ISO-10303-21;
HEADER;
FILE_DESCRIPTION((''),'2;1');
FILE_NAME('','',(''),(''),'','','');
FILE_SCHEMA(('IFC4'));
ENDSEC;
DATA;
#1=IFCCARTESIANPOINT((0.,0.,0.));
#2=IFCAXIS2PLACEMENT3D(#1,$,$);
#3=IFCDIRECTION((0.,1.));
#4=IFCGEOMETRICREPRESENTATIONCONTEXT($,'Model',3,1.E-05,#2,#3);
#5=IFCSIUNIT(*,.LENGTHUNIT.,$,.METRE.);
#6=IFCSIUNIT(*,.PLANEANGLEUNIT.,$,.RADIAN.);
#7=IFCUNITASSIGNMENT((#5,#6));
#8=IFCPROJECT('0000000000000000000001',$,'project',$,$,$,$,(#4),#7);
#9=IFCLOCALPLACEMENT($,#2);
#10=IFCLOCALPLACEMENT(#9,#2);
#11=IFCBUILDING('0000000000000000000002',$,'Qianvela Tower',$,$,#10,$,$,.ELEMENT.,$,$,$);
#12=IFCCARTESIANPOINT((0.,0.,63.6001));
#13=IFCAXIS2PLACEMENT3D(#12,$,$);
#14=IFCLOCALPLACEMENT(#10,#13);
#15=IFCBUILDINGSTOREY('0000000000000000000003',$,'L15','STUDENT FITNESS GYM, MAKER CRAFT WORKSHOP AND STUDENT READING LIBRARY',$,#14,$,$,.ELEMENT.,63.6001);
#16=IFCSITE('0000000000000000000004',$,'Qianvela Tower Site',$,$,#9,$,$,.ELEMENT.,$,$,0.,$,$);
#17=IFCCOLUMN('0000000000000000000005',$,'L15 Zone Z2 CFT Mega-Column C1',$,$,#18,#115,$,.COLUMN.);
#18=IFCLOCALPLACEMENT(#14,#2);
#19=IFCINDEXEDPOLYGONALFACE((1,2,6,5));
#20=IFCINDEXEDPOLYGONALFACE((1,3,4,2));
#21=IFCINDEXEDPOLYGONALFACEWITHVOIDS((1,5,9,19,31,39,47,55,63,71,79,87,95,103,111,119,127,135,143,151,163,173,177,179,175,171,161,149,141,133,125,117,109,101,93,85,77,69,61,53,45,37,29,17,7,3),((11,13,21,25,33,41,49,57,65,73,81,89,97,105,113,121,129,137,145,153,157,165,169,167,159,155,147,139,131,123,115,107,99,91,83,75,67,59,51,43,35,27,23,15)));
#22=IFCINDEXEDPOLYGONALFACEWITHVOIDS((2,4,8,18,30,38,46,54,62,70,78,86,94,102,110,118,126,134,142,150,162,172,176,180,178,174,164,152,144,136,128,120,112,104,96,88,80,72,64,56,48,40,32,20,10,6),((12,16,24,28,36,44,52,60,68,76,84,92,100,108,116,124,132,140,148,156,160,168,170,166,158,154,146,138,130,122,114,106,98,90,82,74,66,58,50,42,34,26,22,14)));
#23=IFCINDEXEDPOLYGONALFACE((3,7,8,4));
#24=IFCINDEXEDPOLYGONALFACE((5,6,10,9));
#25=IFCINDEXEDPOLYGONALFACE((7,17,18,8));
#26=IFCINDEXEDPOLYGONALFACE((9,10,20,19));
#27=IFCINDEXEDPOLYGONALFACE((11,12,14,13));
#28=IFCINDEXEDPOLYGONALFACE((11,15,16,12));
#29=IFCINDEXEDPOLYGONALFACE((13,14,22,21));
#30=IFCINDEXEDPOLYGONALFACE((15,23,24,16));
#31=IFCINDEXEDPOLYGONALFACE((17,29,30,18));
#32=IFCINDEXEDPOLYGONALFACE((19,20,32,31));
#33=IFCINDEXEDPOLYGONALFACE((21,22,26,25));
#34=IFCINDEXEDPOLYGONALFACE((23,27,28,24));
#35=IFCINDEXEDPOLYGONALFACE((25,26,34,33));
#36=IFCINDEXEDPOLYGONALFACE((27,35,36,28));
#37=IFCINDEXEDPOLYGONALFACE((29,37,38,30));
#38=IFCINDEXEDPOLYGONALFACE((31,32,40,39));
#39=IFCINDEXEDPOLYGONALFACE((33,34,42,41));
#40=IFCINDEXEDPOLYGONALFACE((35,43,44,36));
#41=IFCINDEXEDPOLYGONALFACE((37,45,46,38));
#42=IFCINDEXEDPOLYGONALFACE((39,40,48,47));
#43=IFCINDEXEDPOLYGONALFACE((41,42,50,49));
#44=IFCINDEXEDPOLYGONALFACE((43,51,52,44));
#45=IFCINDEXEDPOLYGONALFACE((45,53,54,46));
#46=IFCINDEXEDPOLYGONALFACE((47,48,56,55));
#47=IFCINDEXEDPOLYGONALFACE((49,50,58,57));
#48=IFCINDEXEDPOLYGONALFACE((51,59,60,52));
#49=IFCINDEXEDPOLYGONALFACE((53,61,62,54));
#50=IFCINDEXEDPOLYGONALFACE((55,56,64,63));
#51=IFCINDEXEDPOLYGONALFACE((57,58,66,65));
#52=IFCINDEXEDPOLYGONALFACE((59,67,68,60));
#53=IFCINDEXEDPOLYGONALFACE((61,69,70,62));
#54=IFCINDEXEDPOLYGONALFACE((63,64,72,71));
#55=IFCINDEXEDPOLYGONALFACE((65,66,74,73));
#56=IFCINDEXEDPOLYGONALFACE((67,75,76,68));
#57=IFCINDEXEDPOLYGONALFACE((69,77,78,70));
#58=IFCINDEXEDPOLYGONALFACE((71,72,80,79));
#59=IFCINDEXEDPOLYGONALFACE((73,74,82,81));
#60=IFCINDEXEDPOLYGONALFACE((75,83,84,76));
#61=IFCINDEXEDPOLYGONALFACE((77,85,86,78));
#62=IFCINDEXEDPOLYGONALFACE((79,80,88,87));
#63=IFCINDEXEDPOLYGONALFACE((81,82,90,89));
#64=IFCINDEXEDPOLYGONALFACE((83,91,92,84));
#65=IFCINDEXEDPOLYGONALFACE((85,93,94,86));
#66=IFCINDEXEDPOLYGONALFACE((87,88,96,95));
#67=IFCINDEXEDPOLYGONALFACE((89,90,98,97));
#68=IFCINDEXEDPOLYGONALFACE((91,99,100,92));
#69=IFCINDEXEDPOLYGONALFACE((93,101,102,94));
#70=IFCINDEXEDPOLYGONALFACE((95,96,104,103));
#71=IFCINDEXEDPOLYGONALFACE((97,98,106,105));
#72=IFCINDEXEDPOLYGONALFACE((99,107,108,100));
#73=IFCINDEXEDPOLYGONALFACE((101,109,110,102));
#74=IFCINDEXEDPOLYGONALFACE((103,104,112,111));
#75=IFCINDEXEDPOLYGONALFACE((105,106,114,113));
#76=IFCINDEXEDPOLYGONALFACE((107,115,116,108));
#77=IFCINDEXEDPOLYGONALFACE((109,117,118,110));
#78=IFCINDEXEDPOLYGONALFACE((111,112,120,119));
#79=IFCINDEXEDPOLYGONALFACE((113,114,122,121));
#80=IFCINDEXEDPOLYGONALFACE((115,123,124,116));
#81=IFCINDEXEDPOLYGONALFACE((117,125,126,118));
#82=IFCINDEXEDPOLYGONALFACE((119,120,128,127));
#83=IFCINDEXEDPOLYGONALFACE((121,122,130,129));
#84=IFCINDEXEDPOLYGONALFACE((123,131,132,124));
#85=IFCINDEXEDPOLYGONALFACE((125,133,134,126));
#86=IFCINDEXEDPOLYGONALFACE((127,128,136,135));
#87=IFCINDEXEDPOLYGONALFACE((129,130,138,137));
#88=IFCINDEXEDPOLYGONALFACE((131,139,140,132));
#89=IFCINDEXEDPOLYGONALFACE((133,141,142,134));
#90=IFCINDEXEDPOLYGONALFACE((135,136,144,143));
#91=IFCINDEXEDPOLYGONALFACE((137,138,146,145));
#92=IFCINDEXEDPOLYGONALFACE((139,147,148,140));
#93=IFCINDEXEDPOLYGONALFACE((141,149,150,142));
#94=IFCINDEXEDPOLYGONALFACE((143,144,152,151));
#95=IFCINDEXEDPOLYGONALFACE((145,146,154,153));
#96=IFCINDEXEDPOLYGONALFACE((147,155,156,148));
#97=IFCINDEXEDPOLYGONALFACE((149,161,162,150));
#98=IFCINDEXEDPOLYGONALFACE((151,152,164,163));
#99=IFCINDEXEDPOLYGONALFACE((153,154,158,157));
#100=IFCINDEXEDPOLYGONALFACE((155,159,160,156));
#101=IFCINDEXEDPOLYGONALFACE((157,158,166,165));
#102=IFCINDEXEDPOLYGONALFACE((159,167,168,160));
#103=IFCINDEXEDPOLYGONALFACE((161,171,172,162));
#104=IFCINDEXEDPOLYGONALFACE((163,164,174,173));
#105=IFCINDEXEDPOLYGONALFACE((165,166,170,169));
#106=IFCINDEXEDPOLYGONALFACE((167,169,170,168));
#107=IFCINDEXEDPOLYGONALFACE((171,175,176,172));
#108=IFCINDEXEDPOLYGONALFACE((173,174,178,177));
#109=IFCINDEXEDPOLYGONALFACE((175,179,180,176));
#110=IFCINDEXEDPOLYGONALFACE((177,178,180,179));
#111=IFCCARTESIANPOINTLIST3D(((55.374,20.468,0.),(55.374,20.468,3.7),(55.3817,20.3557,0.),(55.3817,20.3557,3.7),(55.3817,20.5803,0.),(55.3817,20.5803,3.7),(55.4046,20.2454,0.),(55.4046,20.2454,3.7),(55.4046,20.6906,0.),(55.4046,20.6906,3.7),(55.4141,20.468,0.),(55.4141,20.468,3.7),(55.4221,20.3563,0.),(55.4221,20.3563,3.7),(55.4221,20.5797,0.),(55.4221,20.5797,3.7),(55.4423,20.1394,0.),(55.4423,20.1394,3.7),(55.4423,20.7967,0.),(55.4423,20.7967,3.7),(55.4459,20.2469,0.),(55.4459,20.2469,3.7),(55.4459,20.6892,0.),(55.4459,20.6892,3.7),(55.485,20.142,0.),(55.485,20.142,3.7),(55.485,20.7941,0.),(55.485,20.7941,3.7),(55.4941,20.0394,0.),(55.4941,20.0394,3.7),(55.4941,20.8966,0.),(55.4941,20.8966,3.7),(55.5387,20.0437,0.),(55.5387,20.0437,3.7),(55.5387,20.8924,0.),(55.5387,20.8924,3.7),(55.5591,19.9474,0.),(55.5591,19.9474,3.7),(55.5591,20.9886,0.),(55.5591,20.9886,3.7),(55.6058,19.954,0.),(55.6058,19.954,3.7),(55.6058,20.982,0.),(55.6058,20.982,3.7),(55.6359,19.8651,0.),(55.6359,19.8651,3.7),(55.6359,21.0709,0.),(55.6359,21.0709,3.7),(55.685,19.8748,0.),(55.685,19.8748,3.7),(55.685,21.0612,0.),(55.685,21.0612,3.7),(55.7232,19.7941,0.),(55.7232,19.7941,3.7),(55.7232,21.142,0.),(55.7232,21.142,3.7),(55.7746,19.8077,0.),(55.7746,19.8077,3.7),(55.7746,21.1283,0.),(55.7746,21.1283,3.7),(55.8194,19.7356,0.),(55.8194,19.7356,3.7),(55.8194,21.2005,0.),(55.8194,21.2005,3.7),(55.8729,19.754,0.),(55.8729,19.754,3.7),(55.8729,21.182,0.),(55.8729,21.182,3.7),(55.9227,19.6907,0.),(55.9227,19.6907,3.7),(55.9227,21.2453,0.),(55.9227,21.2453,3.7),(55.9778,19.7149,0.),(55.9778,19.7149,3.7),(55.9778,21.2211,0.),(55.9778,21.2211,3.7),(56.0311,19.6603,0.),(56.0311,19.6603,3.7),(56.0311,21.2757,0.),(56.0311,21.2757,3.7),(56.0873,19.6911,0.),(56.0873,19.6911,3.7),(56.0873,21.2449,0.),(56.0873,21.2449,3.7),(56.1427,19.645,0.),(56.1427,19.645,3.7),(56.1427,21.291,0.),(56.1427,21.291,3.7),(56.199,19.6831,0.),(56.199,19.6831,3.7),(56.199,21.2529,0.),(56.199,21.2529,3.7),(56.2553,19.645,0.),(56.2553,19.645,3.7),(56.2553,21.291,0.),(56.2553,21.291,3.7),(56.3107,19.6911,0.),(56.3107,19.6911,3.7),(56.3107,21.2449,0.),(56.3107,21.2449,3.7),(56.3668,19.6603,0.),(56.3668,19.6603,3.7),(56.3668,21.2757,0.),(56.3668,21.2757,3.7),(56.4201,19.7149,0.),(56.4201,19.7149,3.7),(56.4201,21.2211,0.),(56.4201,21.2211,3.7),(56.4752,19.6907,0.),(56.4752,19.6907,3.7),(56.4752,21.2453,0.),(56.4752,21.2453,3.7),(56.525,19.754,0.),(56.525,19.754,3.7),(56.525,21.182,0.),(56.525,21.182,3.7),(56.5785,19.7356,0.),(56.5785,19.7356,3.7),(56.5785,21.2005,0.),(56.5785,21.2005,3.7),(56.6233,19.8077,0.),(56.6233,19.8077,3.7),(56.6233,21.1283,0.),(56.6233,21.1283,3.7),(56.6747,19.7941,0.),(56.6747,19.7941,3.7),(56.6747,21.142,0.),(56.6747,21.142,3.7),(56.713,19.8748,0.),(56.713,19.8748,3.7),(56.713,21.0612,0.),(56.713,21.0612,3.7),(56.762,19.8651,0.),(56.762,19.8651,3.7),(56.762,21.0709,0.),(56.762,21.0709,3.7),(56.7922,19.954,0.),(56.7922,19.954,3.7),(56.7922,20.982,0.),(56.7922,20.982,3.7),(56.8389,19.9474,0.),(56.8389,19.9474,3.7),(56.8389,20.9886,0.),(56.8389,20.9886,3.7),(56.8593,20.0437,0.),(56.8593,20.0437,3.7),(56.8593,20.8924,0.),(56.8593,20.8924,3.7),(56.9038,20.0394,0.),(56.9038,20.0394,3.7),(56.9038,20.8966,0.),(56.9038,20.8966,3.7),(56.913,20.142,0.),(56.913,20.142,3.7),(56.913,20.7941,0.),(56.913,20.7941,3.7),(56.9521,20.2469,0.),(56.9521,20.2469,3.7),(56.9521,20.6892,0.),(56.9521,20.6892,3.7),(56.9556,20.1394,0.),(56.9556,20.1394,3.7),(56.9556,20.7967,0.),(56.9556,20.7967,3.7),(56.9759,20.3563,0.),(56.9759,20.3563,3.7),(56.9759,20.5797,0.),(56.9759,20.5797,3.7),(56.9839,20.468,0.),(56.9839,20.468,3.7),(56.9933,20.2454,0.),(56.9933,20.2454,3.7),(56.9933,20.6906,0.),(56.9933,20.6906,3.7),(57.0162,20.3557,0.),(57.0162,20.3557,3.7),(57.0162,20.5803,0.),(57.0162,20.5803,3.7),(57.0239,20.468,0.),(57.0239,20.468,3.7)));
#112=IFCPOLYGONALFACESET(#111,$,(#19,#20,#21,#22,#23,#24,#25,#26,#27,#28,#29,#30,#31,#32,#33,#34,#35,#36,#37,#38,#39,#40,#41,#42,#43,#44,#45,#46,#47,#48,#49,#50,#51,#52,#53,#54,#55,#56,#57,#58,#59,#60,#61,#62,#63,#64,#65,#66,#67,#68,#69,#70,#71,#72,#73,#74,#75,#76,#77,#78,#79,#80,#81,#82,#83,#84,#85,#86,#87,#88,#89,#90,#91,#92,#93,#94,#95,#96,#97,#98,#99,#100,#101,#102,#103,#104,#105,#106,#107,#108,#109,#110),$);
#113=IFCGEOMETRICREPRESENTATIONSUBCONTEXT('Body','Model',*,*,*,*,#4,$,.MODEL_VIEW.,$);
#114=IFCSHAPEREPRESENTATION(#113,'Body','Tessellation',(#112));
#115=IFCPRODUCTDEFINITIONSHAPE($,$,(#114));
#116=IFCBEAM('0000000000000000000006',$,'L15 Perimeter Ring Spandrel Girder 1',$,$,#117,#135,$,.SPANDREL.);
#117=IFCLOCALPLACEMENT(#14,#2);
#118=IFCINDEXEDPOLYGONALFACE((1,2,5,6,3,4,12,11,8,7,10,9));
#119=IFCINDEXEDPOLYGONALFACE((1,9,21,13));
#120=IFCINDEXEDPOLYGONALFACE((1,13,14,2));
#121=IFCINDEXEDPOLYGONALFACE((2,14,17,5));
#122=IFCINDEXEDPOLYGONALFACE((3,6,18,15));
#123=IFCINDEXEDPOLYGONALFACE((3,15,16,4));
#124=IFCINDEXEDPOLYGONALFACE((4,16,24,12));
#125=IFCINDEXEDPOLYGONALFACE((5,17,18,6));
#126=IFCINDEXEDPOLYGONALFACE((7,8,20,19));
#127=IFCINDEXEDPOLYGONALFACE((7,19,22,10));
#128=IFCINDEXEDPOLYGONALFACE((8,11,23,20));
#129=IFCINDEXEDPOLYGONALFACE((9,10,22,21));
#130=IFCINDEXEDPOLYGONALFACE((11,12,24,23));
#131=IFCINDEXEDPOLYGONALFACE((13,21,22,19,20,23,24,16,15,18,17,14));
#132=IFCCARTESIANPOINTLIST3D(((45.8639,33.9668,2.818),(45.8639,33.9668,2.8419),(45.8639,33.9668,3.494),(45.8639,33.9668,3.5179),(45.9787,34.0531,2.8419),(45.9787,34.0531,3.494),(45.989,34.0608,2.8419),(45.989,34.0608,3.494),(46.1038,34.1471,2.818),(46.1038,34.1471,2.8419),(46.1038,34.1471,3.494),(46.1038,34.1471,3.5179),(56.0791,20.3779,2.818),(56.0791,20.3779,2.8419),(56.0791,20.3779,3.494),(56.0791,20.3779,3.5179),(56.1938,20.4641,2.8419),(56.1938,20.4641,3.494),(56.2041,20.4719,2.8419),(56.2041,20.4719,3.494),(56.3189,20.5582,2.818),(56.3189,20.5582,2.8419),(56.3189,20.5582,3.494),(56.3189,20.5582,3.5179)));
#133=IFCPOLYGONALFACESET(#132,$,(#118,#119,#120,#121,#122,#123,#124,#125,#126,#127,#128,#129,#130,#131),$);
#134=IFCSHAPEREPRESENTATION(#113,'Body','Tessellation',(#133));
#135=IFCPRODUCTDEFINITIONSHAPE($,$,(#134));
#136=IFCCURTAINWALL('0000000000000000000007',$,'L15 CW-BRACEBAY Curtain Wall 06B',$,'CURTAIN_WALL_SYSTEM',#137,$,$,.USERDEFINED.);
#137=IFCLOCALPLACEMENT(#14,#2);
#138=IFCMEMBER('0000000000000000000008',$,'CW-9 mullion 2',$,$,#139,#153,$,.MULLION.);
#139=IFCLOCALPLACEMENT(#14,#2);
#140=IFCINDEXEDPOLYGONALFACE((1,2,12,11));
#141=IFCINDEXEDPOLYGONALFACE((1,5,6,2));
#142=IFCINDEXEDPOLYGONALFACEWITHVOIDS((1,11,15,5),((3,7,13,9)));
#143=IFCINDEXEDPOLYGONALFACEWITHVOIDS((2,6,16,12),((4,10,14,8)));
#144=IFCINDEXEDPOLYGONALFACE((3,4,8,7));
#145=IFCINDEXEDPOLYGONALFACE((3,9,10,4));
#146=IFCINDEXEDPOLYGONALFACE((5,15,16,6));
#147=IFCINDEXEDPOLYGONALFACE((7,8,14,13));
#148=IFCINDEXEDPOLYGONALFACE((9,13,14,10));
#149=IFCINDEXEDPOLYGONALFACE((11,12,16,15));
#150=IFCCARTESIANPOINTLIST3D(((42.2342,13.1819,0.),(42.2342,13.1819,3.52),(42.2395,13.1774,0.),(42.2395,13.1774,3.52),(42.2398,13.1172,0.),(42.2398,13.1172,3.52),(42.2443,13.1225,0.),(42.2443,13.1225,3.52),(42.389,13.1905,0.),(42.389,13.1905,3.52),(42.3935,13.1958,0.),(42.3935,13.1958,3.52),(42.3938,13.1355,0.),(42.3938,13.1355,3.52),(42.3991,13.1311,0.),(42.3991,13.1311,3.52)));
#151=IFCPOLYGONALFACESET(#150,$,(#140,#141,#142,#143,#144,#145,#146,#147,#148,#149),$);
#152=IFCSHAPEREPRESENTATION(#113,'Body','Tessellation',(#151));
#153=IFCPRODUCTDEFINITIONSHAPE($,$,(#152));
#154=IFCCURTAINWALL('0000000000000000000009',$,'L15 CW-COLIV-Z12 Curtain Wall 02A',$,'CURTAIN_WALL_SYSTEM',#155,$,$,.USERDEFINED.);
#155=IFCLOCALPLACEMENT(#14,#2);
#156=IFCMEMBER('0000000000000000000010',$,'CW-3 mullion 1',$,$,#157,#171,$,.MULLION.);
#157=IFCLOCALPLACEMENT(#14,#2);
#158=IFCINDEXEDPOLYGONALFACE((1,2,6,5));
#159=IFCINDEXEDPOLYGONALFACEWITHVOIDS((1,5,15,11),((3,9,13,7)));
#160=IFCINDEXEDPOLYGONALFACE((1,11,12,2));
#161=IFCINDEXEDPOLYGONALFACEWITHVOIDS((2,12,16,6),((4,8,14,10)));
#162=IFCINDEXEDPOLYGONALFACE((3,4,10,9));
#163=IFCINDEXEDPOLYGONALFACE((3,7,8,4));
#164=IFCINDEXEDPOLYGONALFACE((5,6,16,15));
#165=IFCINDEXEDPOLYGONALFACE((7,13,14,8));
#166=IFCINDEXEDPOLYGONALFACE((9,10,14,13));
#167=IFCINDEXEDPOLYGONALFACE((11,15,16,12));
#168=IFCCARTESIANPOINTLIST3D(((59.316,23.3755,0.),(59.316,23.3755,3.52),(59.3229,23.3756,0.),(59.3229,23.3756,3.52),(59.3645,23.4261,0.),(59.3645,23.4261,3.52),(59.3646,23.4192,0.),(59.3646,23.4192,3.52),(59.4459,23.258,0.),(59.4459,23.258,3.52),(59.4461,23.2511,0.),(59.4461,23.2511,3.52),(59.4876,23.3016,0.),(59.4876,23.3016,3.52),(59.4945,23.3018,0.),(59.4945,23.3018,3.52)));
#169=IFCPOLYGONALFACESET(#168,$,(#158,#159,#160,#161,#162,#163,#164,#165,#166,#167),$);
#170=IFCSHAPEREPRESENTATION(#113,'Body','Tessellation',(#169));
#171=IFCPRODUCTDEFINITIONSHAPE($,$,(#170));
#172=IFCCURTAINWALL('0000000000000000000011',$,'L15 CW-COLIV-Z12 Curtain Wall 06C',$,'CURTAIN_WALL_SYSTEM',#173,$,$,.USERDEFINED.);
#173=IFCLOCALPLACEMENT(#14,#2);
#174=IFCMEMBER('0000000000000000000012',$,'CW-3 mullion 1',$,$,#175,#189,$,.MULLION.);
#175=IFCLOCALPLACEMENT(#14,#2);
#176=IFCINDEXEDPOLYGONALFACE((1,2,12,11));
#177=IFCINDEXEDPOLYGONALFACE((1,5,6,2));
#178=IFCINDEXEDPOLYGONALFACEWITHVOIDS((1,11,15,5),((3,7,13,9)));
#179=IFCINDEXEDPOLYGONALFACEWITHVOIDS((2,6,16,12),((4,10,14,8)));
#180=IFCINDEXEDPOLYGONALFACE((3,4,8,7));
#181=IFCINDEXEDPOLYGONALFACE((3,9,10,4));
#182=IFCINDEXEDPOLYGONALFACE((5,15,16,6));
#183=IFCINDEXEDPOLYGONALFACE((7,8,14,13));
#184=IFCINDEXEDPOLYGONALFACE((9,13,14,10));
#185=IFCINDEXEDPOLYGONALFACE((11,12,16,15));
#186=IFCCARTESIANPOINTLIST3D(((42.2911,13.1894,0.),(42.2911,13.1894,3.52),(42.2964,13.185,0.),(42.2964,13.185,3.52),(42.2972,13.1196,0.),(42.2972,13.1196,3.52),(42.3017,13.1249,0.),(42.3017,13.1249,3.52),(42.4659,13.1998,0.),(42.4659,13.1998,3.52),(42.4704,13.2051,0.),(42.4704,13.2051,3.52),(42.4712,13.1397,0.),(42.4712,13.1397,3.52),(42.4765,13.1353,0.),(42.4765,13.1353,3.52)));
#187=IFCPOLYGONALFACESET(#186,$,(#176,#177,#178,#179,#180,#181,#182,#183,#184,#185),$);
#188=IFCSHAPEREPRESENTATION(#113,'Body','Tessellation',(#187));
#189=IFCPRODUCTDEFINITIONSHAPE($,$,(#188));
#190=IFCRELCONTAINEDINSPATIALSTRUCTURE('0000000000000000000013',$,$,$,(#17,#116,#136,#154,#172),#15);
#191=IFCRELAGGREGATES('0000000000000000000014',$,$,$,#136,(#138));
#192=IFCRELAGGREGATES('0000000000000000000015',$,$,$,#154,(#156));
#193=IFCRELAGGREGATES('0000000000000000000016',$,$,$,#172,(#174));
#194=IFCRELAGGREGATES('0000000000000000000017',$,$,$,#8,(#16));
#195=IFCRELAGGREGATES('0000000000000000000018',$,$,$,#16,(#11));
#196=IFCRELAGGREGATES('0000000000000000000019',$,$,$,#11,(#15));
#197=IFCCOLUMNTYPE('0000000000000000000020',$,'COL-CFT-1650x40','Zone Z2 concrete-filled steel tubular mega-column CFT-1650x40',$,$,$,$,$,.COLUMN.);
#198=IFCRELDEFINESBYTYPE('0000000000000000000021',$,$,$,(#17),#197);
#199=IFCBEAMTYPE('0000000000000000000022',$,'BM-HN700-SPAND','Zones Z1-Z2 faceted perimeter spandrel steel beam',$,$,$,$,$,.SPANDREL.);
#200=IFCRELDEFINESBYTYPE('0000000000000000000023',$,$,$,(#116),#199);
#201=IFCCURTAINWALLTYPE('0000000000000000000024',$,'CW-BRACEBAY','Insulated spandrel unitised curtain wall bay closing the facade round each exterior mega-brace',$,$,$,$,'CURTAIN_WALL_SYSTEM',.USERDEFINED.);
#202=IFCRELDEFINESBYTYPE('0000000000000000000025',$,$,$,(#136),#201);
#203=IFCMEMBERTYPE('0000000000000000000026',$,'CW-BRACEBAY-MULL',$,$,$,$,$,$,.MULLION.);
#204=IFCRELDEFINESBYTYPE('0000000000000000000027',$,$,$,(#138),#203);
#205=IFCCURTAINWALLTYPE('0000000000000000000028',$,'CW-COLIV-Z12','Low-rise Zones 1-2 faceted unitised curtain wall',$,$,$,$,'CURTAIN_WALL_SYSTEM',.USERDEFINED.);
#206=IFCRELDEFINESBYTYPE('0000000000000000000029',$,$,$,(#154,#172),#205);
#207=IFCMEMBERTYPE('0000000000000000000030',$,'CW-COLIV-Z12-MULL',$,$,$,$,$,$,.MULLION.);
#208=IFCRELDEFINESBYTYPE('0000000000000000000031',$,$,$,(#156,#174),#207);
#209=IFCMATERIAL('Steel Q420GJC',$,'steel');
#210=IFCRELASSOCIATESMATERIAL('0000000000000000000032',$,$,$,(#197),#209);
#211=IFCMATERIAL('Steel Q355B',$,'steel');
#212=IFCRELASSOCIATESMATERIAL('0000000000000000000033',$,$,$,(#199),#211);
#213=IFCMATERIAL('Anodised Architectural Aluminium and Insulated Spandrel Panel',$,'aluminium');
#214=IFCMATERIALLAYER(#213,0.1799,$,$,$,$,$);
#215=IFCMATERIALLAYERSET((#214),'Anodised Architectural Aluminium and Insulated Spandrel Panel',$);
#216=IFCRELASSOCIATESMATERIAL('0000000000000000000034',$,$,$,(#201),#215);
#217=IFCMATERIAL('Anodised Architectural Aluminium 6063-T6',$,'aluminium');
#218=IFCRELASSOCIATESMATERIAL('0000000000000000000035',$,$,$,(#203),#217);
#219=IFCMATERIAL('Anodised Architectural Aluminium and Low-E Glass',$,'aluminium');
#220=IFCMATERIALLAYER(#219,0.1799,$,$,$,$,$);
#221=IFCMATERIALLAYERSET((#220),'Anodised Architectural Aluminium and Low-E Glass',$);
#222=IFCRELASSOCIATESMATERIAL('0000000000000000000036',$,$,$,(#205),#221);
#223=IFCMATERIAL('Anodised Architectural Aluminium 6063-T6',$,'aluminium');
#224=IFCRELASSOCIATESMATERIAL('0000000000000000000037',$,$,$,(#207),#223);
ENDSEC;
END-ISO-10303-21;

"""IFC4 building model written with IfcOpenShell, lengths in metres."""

from ifc_helpers import new_model, si_unit, direction, frame, origin, origin_2d, place, context, subcontext, project, spatial, hollow_rectangle, hollow_circle, i_section, extrude, material, layer, layer_set, material_profile, profile_set, type_object, element, aggregate, save


model = new_model("IFC4")

# Units and contexts
model_context = context("Model", 3, precision=1e-05, world=origin(), true_north=direction((0.0, 1.0)))
body_context = subcontext(model_context, "Body", "Model", "MODEL_VIEW")
ifc_project = project(units=[si_unit("LENGTHUNIT", "METRE"), si_unit("PLANEANGLEUNIT", "RADIAN")], contexts=[model_context])

# Site, building, storey
site_placement = place(None, origin())
site = spatial("IfcSite", under=ifc_project, at=site_placement, Name="Qianvela Tower Site", CompositionType="ELEMENT", RefElevation=0.0)
building_placement = place(site_placement, origin())
building = spatial("IfcBuilding", under=site, at=building_placement, Name="Qianvela Tower", CompositionType="ELEMENT")
storey_placement = place(building_placement, frame((0.0, 0.0, 63.6001)))
storey = spatial("IfcBuildingStorey", under=building, at=storey_placement, Name="L15", Description="STUDENT FITNESS GYM, MAKER CRAFT WORKSHOP AND STUDENT READING LIBRARY", CompositionType="ELEMENT", Elevation=63.6001)

# Column
ifc_material_1 = material(Name="Steel Q420GJC", Category="steel")
ifc_material_profile_1 = material_profile(ifc_material_1, hollow_circle(Radius=0.825, WallThickness=0.04, at=origin_2d()), Name="CFT-1650x40")
ifc_profile_set_1 = profile_set([ifc_material_profile_1], Name="Steel Q420GJC")
column_type = type_object("IfcColumnType", Name="COL-CFT-1650x40", Description="Zone Z2 concrete-filled steel tubular mega-column CFT-1650x40", PredefinedType="COLUMN", material=ifc_profile_set_1)
column_placement = place(storey_placement, frame((56.199, 20.468, 0.0), z_axis=(0.0, 0.0, 1.0), x_axis=(1.0, 0.0, 0.0)))
element("IfcColumn", 1, at=column_placement, inside=storey, type_object=column_type, Name="L15 Zone Z2 CFT Mega-Column C1", PredefinedType="COLUMN", context=body_context, shape_type="SweptSolid", body=[
    extrude(hollow_circle(Radius=0.825, WallThickness=0.04, at=origin_2d()), origin(), (0.0, 0.0, 1.0), 3.7),
])

# Beam
ifc_material_2 = material(Name="Steel Q355B", Category="steel")
ifc_material_profile_2 = material_profile(ifc_material_2, i_section(OverallWidth=0.3, OverallDepth=0.7, WebThickness=0.0129, FlangeThickness=0.0239, at=origin_2d()), Name="HN700x300x13x24")
ifc_profile_set_2 = profile_set([ifc_material_profile_2], Name="Steel Q355B")
beam_type = type_object("IfcBeamType", Name="BM-HN700-SPAND", Description="Zones Z1-Z2 faceted perimeter spandrel steel beam", PredefinedType="SPANDREL", material=ifc_profile_set_2)
beam_placement = place(storey_placement, frame((56.199, 20.468, 3.168), z_axis=(-0.600882, 0.799338, 0.0), x_axis=(-0.799338, -0.600882, 0.0)))
element("IfcBeam", 2, at=beam_placement, inside=storey, type_object=beam_type, Name="L15 Perimeter Ring Spandrel Girder 1", PredefinedType="SPANDREL", context=body_context, shape_type="SweptSolid", body=[
    extrude(i_section(OverallWidth=0.3, OverallDepth=0.7, WebThickness=0.0129, FlangeThickness=0.0239, at=origin_2d()), origin(), (0.0, 0.0, 1.0), 17.0002),
])

# Curtain walls, members
ifc_material_3 = material(Name="Anodised Architectural Aluminium and Insulated Spandrel Panel", Category="aluminium")
ifc_layer_1 = layer(ifc_material_3, 0.1799)
ifc_layer_set_1 = layer_set([ifc_layer_1], Name="Anodised Architectural Aluminium and Insulated Spandrel Panel")
curtain_wall_type_1 = type_object("IfcCurtainWallType", Name="CW-BRACEBAY", Description="Insulated spandrel unitised curtain wall bay closing the facade round each exterior mega-brace", ElementType="CURTAIN_WALL_SYSTEM", PredefinedType="USERDEFINED", material=ifc_layer_set_1)
curtain_wall_1_placement = place(storey_placement, origin())
curtain_wall_1 = element("IfcCurtainWall", 3, at=curtain_wall_1_placement, inside=storey, type_object=curtain_wall_type_1, Name="L15 CW-BRACEBAY Curtain Wall 06B", ObjectType="CURTAIN_WALL_SYSTEM", PredefinedType="USERDEFINED")
ifc_material_4 = material(Name="Anodised Architectural Aluminium 6063-T6", Category="aluminium")
ifc_material_profile_3 = material_profile(ifc_material_4, hollow_rectangle(XDim=0.0649, YDim=0.1599, WallThickness=0.0049, at=origin_2d()), Name="ALU-MULL-65x160")
ifc_profile_set_3 = profile_set([ifc_material_profile_3], Name="Anodised Architectural Aluminium 6063-T6")
member_type_1 = type_object("IfcMemberType", Name="CW-BRACEBAY-MULL", PredefinedType="MULLION", material=ifc_profile_set_3)
member_1_placement = place(storey_placement, frame((42.3167, 13.1565, 0.0), z_axis=(0.0, 0.0, 1.0), x_axis=(-0.087032, 0.996205, 0.0)))
member_1 = element("IfcMember", 4, at=member_1_placement, type_object=member_type_1, Name="CW-9 mullion 2", PredefinedType="MULLION", context=body_context, shape_type="SweptSolid", body=[
    extrude(hollow_rectangle(XDim=0.0649, YDim=0.1599, WallThickness=0.0049, at=origin_2d()), origin(), (0.0, 0.0, 1.0), 3.52),
])
aggregate(curtain_wall_1, [member_1])
ifc_material_5 = material(Name="Anodised Architectural Aluminium and Low-E Glass", Category="aluminium")
ifc_layer_2 = layer(ifc_material_5, 0.1799)
ifc_layer_set_2 = layer_set([ifc_layer_2], Name="Anodised Architectural Aluminium and Low-E Glass")
curtain_wall_type_2 = type_object("IfcCurtainWallType", Name="CW-COLIV-Z12", Description="Low-rise Zones 1-2 faceted unitised curtain wall", ElementType="CURTAIN_WALL_SYSTEM", PredefinedType="USERDEFINED", material=ifc_layer_set_2)
curtain_wall_2_placement = place(storey_placement, origin())
curtain_wall_2 = element("IfcCurtainWall", 5, at=curtain_wall_2_placement, inside=storey, type_object=curtain_wall_type_2, Name="L15 CW-COLIV-Z12 Curtain Wall 02A", ObjectType="CURTAIN_WALL_SYSTEM", PredefinedType="USERDEFINED")
ifc_material_6 = material(Name="Anodised Architectural Aluminium 6063-T6", Category="aluminium")
ifc_material_profile_4 = material_profile(ifc_material_6, hollow_rectangle(XDim=0.0701, YDim=0.1799, WallThickness=0.0049, at=origin_2d()), Name="ALU-MULL-70x180")
ifc_profile_set_4 = profile_set([ifc_material_profile_4], Name="Anodised Architectural Aluminium 6063-T6")
member_type_2 = type_object("IfcMemberType", Name="CW-COLIV-Z12-MULL", PredefinedType="MULLION", material=ifc_profile_set_4)
member_2_placement = place(storey_placement, frame((59.4053, 23.3386, 0.0), z_axis=(0.0, 0.0, 1.0), x_axis=(-0.691043, -0.722814, 0.0)))
member_2 = element("IfcMember", 6, at=member_2_placement, type_object=member_type_2, Name="CW-3 mullion 1", PredefinedType="MULLION", context=body_context, shape_type="SweptSolid", body=[
    extrude(hollow_rectangle(XDim=0.0701, YDim=0.1799, WallThickness=0.0049, at=origin_2d()), origin(), (0.0, 0.0, 1.0), 3.52),
])

# Curtain wall, member
curtain_wall_3_placement = place(storey_placement, origin())
curtain_wall_3 = element("IfcCurtainWall", 7, at=curtain_wall_3_placement, inside=storey, type_object=curtain_wall_type_2, Name="L15 CW-COLIV-Z12 Curtain Wall 06C", ObjectType="CURTAIN_WALL_SYSTEM", PredefinedType="USERDEFINED")
member_3_placement = place(storey_placement, frame((42.3838, 13.1624, 0.0), z_axis=(0.0, 0.0, 1.0), x_axis=(-0.087034, 0.996205, 0.0)))
member_3 = element("IfcMember", 8, at=member_3_placement, type_object=member_type_2, Name="CW-3 mullion 1", PredefinedType="MULLION", context=body_context, shape_type="SweptSolid", body=[
    extrude(hollow_rectangle(XDim=0.0701, YDim=0.1799, WallThickness=0.0049, at=origin_2d()), origin(), (0.0, 0.0, 1.0), 3.52),
])

aggregate(curtain_wall_2, [member_2])
aggregate(curtain_wall_3, [member_3])

save(model, "model.ifc")
